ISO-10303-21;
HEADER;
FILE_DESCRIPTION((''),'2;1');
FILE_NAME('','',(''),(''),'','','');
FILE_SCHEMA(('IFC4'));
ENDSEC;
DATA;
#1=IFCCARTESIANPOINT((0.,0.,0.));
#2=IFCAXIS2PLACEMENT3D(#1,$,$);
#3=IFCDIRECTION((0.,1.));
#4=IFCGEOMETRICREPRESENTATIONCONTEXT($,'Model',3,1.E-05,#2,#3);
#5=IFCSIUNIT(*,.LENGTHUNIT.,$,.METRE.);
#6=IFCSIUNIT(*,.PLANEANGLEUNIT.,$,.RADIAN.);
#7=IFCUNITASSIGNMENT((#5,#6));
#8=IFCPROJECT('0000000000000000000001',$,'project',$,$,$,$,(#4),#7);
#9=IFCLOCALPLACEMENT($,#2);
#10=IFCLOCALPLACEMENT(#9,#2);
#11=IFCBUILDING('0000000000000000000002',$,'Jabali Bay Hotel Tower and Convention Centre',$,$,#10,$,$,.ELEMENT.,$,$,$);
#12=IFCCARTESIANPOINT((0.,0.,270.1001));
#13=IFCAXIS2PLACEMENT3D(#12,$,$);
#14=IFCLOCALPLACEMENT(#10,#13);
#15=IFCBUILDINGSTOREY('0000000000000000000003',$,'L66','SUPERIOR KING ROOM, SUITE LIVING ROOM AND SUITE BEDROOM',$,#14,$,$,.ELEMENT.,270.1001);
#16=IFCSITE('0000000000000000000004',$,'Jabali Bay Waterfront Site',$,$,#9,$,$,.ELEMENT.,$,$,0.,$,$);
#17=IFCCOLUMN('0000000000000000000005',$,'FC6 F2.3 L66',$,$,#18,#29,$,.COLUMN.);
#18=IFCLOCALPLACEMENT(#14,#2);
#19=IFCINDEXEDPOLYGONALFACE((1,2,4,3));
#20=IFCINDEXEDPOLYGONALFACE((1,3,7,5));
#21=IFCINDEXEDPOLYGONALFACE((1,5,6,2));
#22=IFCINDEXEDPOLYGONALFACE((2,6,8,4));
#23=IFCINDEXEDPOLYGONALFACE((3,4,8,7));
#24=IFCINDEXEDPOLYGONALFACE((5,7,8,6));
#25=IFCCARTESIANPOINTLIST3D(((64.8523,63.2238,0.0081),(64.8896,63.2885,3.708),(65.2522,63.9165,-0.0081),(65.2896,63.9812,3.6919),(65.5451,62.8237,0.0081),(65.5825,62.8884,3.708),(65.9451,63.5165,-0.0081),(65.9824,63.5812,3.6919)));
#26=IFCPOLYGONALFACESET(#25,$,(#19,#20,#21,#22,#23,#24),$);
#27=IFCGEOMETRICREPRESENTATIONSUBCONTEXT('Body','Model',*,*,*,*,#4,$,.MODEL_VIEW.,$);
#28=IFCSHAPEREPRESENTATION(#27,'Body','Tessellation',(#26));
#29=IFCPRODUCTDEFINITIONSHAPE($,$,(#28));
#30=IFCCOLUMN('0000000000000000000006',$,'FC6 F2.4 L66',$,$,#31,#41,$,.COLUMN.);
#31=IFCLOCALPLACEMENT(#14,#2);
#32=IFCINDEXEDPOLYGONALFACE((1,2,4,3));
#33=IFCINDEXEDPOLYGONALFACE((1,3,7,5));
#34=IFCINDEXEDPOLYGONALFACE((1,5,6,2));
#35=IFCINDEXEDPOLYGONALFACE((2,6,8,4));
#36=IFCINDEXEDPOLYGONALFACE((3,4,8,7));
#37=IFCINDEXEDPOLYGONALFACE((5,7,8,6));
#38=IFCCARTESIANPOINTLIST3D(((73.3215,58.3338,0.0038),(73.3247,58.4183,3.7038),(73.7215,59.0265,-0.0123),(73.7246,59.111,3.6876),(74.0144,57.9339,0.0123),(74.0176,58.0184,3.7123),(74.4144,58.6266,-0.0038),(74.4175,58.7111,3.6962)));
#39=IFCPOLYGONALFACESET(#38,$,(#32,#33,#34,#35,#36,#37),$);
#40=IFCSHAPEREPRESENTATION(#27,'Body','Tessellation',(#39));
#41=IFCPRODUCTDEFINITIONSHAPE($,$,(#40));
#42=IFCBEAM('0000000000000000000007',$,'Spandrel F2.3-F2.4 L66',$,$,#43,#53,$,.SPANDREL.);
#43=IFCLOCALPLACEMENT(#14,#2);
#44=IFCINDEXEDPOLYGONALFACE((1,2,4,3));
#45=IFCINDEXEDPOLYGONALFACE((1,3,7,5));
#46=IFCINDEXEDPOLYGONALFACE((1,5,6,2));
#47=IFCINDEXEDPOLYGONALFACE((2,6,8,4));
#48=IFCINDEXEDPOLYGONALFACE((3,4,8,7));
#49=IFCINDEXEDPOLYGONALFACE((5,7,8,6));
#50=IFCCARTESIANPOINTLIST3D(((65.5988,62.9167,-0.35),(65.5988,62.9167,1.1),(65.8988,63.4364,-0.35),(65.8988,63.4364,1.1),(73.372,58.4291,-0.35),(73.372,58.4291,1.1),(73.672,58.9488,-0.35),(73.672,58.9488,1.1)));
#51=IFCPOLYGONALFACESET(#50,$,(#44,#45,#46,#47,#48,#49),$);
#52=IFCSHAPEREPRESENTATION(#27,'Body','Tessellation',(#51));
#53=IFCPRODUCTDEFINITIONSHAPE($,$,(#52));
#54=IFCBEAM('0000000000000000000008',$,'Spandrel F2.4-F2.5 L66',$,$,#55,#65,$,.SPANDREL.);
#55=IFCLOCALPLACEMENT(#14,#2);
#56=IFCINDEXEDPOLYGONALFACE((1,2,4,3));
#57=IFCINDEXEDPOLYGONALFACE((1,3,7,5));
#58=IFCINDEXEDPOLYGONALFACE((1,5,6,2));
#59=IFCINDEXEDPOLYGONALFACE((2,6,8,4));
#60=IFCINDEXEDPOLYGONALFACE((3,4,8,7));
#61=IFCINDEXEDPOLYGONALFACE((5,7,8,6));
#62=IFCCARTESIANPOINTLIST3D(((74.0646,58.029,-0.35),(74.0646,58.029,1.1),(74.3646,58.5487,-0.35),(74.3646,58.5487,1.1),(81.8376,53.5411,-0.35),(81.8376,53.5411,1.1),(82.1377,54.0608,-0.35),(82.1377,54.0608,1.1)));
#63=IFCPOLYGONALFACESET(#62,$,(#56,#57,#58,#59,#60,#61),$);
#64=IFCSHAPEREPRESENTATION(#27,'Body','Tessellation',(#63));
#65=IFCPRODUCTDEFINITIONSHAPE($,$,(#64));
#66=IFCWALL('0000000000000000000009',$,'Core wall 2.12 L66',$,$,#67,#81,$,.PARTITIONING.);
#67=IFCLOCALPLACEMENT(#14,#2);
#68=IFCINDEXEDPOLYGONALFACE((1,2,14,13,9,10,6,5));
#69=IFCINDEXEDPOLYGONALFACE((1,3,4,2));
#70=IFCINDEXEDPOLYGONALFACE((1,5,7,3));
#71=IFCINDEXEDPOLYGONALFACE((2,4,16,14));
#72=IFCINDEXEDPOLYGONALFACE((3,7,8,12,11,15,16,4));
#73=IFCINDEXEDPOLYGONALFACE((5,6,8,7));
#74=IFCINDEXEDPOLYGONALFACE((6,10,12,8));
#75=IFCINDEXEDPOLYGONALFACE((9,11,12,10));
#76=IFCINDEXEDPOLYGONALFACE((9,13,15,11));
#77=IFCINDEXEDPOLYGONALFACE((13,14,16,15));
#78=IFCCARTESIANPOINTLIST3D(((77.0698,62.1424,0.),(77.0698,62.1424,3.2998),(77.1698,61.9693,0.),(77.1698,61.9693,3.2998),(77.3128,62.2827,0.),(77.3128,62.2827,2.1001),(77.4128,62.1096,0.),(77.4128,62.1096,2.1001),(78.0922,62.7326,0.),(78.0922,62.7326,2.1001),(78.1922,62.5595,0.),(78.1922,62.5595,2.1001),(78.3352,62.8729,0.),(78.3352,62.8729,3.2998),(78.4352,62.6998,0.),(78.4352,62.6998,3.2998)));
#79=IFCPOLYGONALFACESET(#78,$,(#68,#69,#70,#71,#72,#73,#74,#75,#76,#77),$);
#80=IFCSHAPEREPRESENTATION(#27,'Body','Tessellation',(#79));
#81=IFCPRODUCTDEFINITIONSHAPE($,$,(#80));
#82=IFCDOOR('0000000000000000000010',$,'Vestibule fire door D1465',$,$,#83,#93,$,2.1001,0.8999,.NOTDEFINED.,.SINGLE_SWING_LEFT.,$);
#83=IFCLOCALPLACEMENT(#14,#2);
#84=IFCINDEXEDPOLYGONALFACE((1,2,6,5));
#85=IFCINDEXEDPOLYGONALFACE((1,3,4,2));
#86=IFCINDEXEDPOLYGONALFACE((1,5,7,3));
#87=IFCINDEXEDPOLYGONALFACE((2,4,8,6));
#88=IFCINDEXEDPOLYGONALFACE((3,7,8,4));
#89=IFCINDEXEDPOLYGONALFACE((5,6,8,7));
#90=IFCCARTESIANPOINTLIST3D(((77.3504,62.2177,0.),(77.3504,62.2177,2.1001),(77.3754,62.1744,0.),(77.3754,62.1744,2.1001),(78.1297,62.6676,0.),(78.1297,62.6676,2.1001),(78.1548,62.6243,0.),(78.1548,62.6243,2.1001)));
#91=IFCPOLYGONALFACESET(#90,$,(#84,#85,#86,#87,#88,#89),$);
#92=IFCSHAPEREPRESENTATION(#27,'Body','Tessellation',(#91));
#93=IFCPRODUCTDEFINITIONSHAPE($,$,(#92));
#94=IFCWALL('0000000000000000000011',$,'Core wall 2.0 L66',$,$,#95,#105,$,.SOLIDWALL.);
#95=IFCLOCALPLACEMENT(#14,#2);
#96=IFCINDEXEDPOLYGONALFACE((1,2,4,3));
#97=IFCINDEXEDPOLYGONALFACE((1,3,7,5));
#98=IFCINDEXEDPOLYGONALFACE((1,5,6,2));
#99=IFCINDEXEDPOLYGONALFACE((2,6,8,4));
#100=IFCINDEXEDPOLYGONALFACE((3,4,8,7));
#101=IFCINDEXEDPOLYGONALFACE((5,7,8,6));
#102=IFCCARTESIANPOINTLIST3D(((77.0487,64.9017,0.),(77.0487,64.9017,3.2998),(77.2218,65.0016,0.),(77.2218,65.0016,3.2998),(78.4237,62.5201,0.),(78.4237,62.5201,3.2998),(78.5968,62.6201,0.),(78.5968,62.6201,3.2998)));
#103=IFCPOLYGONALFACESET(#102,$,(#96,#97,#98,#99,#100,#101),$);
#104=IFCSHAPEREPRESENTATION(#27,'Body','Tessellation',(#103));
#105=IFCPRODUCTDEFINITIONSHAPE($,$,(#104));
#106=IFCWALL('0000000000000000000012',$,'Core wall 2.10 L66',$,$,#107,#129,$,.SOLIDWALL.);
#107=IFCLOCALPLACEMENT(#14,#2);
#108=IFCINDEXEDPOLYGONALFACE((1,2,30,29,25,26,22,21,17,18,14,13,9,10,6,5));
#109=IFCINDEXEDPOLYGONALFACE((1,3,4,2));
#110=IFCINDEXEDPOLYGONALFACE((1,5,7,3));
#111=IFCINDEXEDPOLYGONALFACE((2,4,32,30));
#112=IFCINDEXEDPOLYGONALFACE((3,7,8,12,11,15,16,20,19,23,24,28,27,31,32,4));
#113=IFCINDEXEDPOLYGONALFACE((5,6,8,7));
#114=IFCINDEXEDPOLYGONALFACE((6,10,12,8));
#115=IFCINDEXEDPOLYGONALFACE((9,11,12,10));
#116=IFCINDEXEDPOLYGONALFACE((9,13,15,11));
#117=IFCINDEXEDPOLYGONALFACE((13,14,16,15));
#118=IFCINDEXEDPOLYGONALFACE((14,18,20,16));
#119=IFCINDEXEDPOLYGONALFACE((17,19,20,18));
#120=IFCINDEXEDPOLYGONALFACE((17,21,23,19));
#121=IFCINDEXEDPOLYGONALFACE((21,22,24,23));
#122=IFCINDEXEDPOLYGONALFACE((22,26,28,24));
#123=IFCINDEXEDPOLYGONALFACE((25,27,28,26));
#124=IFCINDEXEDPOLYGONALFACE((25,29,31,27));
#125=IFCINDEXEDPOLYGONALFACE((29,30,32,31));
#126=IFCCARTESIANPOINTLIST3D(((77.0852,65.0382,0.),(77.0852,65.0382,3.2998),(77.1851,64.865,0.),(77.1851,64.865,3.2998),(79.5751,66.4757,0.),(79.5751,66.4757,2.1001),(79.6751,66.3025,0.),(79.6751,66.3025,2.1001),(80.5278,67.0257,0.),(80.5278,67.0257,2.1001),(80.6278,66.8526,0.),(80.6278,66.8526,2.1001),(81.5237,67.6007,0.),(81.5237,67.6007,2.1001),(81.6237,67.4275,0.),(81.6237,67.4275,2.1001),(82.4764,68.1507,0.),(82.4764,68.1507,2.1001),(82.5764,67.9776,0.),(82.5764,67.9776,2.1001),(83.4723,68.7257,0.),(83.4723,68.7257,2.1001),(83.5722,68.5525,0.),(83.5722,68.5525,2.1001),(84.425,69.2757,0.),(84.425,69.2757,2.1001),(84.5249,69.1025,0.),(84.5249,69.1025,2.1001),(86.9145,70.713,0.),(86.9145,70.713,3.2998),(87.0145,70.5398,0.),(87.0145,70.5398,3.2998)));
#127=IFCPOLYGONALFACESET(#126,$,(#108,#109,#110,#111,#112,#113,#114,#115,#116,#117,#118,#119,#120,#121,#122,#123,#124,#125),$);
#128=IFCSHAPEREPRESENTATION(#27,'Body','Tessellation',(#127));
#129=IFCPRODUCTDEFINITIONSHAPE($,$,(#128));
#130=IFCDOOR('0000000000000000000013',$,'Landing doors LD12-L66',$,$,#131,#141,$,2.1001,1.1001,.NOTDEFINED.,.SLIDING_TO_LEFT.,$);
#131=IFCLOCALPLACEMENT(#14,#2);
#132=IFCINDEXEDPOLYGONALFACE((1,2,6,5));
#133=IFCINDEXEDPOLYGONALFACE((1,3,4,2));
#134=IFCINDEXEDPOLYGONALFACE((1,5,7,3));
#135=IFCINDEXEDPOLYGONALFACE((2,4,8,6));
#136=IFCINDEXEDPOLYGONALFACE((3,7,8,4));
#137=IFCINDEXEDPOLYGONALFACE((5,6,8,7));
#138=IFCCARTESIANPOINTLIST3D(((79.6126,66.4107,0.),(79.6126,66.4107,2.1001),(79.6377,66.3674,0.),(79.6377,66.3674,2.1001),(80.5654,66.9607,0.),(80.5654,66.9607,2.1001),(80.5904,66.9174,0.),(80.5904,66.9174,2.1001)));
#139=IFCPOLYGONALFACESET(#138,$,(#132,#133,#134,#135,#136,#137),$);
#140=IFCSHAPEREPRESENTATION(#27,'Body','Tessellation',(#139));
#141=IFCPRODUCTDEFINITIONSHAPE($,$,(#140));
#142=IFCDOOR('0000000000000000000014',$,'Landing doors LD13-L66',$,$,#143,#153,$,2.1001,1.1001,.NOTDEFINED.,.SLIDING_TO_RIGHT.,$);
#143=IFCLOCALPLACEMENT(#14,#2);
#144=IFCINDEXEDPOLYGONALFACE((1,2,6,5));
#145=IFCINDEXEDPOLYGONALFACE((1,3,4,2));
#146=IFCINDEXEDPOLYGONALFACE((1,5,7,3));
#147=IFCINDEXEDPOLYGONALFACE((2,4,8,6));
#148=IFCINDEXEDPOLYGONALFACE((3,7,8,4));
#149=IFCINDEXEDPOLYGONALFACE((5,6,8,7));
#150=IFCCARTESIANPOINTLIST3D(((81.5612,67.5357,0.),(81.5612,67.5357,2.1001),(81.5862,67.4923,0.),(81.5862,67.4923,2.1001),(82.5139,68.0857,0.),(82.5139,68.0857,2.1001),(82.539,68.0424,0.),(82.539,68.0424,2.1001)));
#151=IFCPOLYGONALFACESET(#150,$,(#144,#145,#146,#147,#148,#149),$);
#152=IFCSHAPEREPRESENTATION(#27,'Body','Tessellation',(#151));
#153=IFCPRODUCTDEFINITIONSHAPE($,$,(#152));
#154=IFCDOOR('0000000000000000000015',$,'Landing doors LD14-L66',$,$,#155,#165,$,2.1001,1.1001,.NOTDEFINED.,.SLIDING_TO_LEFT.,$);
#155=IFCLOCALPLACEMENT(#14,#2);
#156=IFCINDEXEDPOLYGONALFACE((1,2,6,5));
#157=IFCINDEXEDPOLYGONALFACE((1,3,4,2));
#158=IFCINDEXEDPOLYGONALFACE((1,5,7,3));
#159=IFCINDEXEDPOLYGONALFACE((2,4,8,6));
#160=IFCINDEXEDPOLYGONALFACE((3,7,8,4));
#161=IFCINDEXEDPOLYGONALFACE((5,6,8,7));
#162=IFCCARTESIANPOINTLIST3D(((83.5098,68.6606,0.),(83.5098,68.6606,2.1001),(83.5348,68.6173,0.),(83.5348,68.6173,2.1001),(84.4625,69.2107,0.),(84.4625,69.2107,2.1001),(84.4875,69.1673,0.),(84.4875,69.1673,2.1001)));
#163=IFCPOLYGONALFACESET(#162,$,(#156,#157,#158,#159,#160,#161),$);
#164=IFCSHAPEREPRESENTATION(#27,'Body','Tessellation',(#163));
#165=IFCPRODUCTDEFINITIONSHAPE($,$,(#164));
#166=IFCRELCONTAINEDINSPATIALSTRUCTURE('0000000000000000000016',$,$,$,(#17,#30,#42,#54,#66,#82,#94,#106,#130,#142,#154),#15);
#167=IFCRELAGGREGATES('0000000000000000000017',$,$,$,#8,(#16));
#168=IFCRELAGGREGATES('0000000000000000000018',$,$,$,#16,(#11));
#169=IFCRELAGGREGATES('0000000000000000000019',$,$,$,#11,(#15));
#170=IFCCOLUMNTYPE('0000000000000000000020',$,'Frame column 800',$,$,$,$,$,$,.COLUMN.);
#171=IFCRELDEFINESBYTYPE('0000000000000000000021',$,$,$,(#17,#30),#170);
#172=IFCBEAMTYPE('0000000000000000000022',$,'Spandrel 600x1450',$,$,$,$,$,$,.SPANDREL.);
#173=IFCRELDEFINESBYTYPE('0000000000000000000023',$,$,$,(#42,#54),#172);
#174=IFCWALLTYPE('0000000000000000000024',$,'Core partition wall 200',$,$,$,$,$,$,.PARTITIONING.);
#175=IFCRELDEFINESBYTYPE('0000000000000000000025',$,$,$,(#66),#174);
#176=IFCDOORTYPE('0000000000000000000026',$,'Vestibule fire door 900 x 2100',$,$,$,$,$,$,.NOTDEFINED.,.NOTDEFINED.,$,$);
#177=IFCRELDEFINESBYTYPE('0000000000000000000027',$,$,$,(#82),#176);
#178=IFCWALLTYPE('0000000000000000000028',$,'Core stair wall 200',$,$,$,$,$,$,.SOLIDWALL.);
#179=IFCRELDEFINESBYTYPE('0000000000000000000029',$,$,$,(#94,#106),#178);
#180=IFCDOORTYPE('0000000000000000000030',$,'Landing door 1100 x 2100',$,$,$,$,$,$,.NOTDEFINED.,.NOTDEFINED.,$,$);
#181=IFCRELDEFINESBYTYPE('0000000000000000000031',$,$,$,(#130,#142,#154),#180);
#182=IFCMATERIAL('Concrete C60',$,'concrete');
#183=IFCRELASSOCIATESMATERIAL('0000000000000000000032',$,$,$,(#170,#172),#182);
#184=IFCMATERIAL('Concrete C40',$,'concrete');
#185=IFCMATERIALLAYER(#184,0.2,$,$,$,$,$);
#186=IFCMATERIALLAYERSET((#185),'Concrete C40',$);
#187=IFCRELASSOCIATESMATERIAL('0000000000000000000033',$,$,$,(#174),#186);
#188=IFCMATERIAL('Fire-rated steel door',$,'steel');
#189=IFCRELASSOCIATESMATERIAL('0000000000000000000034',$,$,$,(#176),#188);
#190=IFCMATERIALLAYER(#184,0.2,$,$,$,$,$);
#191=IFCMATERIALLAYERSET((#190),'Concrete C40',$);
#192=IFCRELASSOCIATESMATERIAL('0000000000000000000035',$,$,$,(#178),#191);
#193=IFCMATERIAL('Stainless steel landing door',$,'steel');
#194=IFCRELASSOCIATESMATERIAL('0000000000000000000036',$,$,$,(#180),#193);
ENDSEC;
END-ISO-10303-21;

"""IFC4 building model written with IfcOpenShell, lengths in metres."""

from ifc_helpers import new_model, si_unit, direction, frame, frame_2d, origin, origin_2d, place, context, subcontext, project, spatial, rectangle, extrude, material, layer, layer_set, material_profile, profile_set, type_object, element, fill, save


model = new_model("IFC4")

# Units and contexts
model_context = context("Model", 3, precision=1e-05, world=origin(), true_north=direction((0.0, 1.0)))
body_context = subcontext(model_context, "Body", "Model", "MODEL_VIEW")
ifc_project = project(units=[si_unit("LENGTHUNIT", "METRE"), si_unit("PLANEANGLEUNIT", "RADIAN")], contexts=[model_context])

# Site, building, storey
site_placement = place(None, origin())
site = spatial("IfcSite", under=ifc_project, at=site_placement, Name="Jabali Bay Waterfront Site", CompositionType="ELEMENT", RefElevation=0.0)
building_placement = place(site_placement, origin())
building = spatial("IfcBuilding", under=site, at=building_placement, Name="Jabali Bay Hotel Tower and Convention Centre", CompositionType="ELEMENT")
storey_placement = place(building_placement, frame((0.0, 0.0, 270.1001)))
storey = spatial("IfcBuildingStorey", under=building, at=storey_placement, Name="L66", Description="SUPERIOR KING ROOM, SUITE LIVING ROOM AND SUITE BEDROOM", CompositionType="ELEMENT", Elevation=270.1001)

# Columns
ifc_material_1 = material(Name="Concrete C60", Category="concrete")
ifc_material_profile_1 = material_profile(ifc_material_1, rectangle(XDim=0.8, YDim=0.8, at=origin_2d()), Name="Frame column 800")
ifc_profile_set_1 = profile_set([ifc_material_profile_1], Name="Concrete C60")
column_type = type_object("IfcColumnType", Name="Frame column 800", PredefinedType="COLUMN", material=ifc_profile_set_1)
column_1_placement = place(storey_placement, frame((65.3987, 63.3701, 0.0), z_axis=(0.010094, 0.017482, 0.999796), x_axis=(-0.866023, 0.500005, 0.0)))
element("IfcColumn", 1, at=column_1_placement, inside=storey, type_object=column_type, Name="FC6 F2.3 L66", PredefinedType="COLUMN", context=body_context, shape_type="SweptSolid", body=[
    extrude(rectangle(XDim=0.8, YDim=0.8, at=origin_2d()), origin(), (0.0, 0.0, 1.0), 3.7007),
])
column_2_placement = place(storey_placement, frame((73.8679, 58.4802, 0.0), z_axis=(0.000858, 0.022825, 0.999739), x_axis=(-0.499939, -0.865825, 0.020196)))
element("IfcColumn", 2, at=column_2_placement, inside=storey, type_object=column_type, Name="FC6 F2.4 L66", PredefinedType="COLUMN", context=body_context, shape_type="SweptSolid", body=[
    extrude(rectangle(XDim=0.8, YDim=0.8, at=origin_2d()), origin(), (0.0, 0.0, 1.0), 3.7009),
])

# Beams
ifc_material_profile_2 = material_profile(ifc_material_1, rectangle(XDim=0.6001, YDim=1.45, at=origin_2d()), Name="Spandrel 600x1450")
ifc_profile_set_2 = profile_set([ifc_material_profile_2], Name="Concrete C60")
beam_type = type_object("IfcBeamType", Name="Spandrel 600x1450", PredefinedType="SPANDREL", material=ifc_profile_set_2)
for number, where, z_axis, x_axis, name in (
    (3, (65.7488, 63.1765, 0.375), (0.86604, -0.499974, 0.0), (0.499974, 0.86604, 0.0), "Spandrel F2.3-F2.4 L66"),
    (4, (74.2146, 58.2888, 0.375), (0.866022, -0.500007, 0.0), (0.500007, 0.866022, 0.0), "Spandrel F2.4-F2.5 L66"),
):
    element("IfcBeam", number, at=place(storey_placement, frame(where, z_axis=z_axis, x_axis=x_axis)), inside=storey, type_object=beam_type, Name=name, PredefinedType="SPANDREL", context=body_context, shape_type="SweptSolid", body=[
        extrude(rectangle(XDim=0.6001, YDim=1.45, at=origin_2d()), origin(), (0.0, 0.0, 1.0), 8.9756),
    ])

# Wall, opening, door
ifc_material_2 = material(Name="Concrete C40", Category="concrete")
ifc_layer_1 = layer(ifc_material_2, 0.2)
ifc_layer_set_1 = layer_set([ifc_layer_1], Name="Concrete C40")
wall_type_1 = type_object("IfcWallType", Name="Core partition wall 200", PredefinedType="PARTITIONING", material=ifc_layer_set_1)
wall_1_placement = place(storey_placement, frame((77.1199, 62.0559, 0.0), z_axis=(0.0, 0.0, 1.0), x_axis=(0.866055, 0.499949, 0.0)))
wall_1 = element("IfcWall", 5, at=wall_1_placement, inside=storey, type_object=wall_type_1, Name="Core wall 2.12 L66", PredefinedType="PARTITIONING", context=body_context, shape_type="SweptSolid", body=[
    extrude(rectangle(XDim=1.4612, YDim=0.2, at=frame_2d((0.7305, 0.0))), origin(), (0.0, 0.0, 1.0), 3.2998),
])
opening_1_placement = place(wall_1_placement, frame((0.2805, 0.0, 0.0)))
opening_1 = element("IfcOpeningElement", 6, at=opening_1_placement, cuts=wall_1, PredefinedType="OPENING", context=body_context, shape_type="SweptSolid", body=[
    extrude(rectangle(XDim=0.8999, YDim=2.1001, at=frame_2d((0.45, 1.05))), frame((0.0, 0.1104, 0.0), z_axis=(0.0, -1.0, 0.0), x_axis=(1.0, 0.0, 0.0)), (0.0, 0.0, 1.0), 0.2209),
])
ifc_material_3 = material(Name="Fire-rated steel door", Category="steel")
door_type_1 = type_object("IfcDoorType", Name="Vestibule fire door 900 x 2100", OperationType="NOTDEFINED", PredefinedType="NOTDEFINED", material=ifc_material_3)
door_1_placement = place(opening_1_placement, origin())
door_1 = element("IfcDoor", 7, at=door_1_placement, inside=storey, type_object=door_type_1, Name="Vestibule fire door D1465", OperationType="SINGLE_SWING_LEFT", OverallHeight=2.1001, OverallWidth=0.8999, PredefinedType="NOTDEFINED", context=body_context, shape_type="SweptSolid", body=[
    extrude(rectangle(XDim=0.8999, YDim=2.1001, at=frame_2d((0.45, 1.05))), frame((0.0, 0.0249, 0.0), z_axis=(0.0, -1.0, 0.0), x_axis=(1.0, 0.0, 0.0)), (0.0, 0.0, 1.0), 0.05),
])
fill(opening_1, door_1)

# Wall
ifc_layer_2 = layer(ifc_material_2, 0.2)
ifc_layer_set_2 = layer_set([ifc_layer_2], Name="Concrete C40")
wall_type_2 = type_object("IfcWallType", Name="Core stair wall 200", PredefinedType="SOLIDWALL", material=ifc_layer_set_2)
wall_2_placement = place(storey_placement, frame((77.1353, 64.9517, 0.0), z_axis=(0.0, 0.0, 1.0), x_axis=(0.499997, -0.866027, 0.0)))
element("IfcWall", 8, at=wall_2_placement, inside=storey, type_object=wall_type_2, Name="Core wall 2.0 L66", PredefinedType="SOLIDWALL", context=body_context, shape_type="SweptSolid", body=[
    extrude(rectangle(XDim=2.75, YDim=0.2, at=frame_2d((1.375, 0.0))), origin(), (0.0, 0.0, 1.0), 3.2998),
])

# Wall, openings, doors
wall_3_placement = place(storey_placement, frame((77.1353, 64.9517, 0.0), z_axis=(0.0, 0.0, 1.0), x_axis=(0.866032, 0.499989, 0.0)))
wall_3 = element("IfcWall", 9, at=wall_3_placement, inside=storey, type_object=wall_type_2, Name="Core wall 2.10 L66", PredefinedType="SOLIDWALL", context=body_context, shape_type="SweptSolid", body=[
    extrude(rectangle(XDim=11.3499, YDim=0.2, at=frame_2d((5.6748, 0.0))), origin(), (0.0, 0.0, 1.0), 3.2998),
])
opening_2_placement = place(wall_3_placement, frame((2.875, 0.0, 0.0)))
opening_2 = element("IfcOpeningElement", 10, at=opening_2_placement, cuts=wall_3, PredefinedType="OPENING", context=body_context, shape_type="SweptSolid", body=[
    extrude(rectangle(XDim=1.1001, YDim=2.1001, at=frame_2d((0.55, 1.05))), frame((0.0, 0.1104, 0.0), z_axis=(0.0, -1.0, 0.0), x_axis=(1.0, 0.0, 0.0)), (0.0, 0.0, 1.0), 0.2209),
])
opening_3_placement = place(wall_3_placement, frame((5.125, 0.0, 0.0)))
opening_3 = element("IfcOpeningElement", 11, at=opening_3_placement, cuts=wall_3, PredefinedType="OPENING", context=body_context, shape_type="SweptSolid", body=[
    extrude(rectangle(XDim=1.1001, YDim=2.1001, at=frame_2d((0.55, 1.05))), frame((0.0, 0.1104, 0.0), z_axis=(0.0, -1.0, 0.0), x_axis=(1.0, 0.0, 0.0)), (0.0, 0.0, 1.0), 0.2209),
])
opening_4_placement = place(wall_3_placement, frame((7.375, 0.0, 0.0)))
opening_4 = element("IfcOpeningElement", 12, at=opening_4_placement, cuts=wall_3, PredefinedType="OPENING", context=body_context, shape_type="SweptSolid", body=[
    extrude(rectangle(XDim=1.1001, YDim=2.1001, at=frame_2d((0.55, 1.05))), frame((0.0, 0.1104, 0.0), z_axis=(0.0, -1.0, 0.0), x_axis=(1.0, 0.0, 0.0)), (0.0, 0.0, 1.0), 0.2209),
])
ifc_material_4 = material(Name="Stainless steel landing door", Category="steel")
door_type_2 = type_object("IfcDoorType", Name="Landing door 1100 x 2100", OperationType="NOTDEFINED", PredefinedType="NOTDEFINED", material=ifc_material_4)
door_2_placement = place(opening_2_placement, origin())
door_2 = element("IfcDoor", 13, at=door_2_placement, inside=storey, type_object=door_type_2, Name="Landing doors LD12-L66", OperationType="SLIDING_TO_LEFT", OverallHeight=2.1001, OverallWidth=1.1001, PredefinedType="NOTDEFINED", context=body_context, shape_type="SweptSolid", body=[
    extrude(rectangle(XDim=1.1001, YDim=2.1001, at=frame_2d((0.55, 1.05))), frame((0.0, 0.0249, 0.0), z_axis=(0.0, -1.0, 0.0), x_axis=(1.0, 0.0, 0.0)), (0.0, 0.0, 1.0), 0.05),
])
fill(opening_2, door_2)
door_3_placement = place(opening_3_placement, origin())
door_3 = element("IfcDoor", 14, at=door_3_placement, inside=storey, type_object=door_type_2, Name="Landing doors LD13-L66", OperationType="SLIDING_TO_RIGHT", OverallHeight=2.1001, OverallWidth=1.1001, PredefinedType="NOTDEFINED", context=body_context, shape_type="SweptSolid", body=[
    extrude(rectangle(XDim=1.1001, YDim=2.1001, at=frame_2d((0.55, 1.05))), frame((0.0, 0.0249, 0.0), z_axis=(0.0, -1.0, 0.0), x_axis=(1.0, 0.0, 0.0)), (0.0, 0.0, 1.0), 0.05),
])
fill(opening_3, door_3)
door_4_placement = place(opening_4_placement, origin())
door_4 = element("IfcDoor", 15, at=door_4_placement, inside=storey, type_object=door_type_2, Name="Landing doors LD14-L66", OperationType="SLIDING_TO_LEFT", OverallHeight=2.1001, OverallWidth=1.1001, PredefinedType="NOTDEFINED", context=body_context, shape_type="SweptSolid", body=[
    extrude(rectangle(XDim=1.1001, YDim=2.1001, at=frame_2d((0.55, 1.05))), frame((0.0, 0.0249, 0.0), z_axis=(0.0, -1.0, 0.0), x_axis=(1.0, 0.0, 0.0)), (0.0, 0.0, 1.0), 0.05),
])
fill(opening_4, door_4)

save(model, "model.ifc")
